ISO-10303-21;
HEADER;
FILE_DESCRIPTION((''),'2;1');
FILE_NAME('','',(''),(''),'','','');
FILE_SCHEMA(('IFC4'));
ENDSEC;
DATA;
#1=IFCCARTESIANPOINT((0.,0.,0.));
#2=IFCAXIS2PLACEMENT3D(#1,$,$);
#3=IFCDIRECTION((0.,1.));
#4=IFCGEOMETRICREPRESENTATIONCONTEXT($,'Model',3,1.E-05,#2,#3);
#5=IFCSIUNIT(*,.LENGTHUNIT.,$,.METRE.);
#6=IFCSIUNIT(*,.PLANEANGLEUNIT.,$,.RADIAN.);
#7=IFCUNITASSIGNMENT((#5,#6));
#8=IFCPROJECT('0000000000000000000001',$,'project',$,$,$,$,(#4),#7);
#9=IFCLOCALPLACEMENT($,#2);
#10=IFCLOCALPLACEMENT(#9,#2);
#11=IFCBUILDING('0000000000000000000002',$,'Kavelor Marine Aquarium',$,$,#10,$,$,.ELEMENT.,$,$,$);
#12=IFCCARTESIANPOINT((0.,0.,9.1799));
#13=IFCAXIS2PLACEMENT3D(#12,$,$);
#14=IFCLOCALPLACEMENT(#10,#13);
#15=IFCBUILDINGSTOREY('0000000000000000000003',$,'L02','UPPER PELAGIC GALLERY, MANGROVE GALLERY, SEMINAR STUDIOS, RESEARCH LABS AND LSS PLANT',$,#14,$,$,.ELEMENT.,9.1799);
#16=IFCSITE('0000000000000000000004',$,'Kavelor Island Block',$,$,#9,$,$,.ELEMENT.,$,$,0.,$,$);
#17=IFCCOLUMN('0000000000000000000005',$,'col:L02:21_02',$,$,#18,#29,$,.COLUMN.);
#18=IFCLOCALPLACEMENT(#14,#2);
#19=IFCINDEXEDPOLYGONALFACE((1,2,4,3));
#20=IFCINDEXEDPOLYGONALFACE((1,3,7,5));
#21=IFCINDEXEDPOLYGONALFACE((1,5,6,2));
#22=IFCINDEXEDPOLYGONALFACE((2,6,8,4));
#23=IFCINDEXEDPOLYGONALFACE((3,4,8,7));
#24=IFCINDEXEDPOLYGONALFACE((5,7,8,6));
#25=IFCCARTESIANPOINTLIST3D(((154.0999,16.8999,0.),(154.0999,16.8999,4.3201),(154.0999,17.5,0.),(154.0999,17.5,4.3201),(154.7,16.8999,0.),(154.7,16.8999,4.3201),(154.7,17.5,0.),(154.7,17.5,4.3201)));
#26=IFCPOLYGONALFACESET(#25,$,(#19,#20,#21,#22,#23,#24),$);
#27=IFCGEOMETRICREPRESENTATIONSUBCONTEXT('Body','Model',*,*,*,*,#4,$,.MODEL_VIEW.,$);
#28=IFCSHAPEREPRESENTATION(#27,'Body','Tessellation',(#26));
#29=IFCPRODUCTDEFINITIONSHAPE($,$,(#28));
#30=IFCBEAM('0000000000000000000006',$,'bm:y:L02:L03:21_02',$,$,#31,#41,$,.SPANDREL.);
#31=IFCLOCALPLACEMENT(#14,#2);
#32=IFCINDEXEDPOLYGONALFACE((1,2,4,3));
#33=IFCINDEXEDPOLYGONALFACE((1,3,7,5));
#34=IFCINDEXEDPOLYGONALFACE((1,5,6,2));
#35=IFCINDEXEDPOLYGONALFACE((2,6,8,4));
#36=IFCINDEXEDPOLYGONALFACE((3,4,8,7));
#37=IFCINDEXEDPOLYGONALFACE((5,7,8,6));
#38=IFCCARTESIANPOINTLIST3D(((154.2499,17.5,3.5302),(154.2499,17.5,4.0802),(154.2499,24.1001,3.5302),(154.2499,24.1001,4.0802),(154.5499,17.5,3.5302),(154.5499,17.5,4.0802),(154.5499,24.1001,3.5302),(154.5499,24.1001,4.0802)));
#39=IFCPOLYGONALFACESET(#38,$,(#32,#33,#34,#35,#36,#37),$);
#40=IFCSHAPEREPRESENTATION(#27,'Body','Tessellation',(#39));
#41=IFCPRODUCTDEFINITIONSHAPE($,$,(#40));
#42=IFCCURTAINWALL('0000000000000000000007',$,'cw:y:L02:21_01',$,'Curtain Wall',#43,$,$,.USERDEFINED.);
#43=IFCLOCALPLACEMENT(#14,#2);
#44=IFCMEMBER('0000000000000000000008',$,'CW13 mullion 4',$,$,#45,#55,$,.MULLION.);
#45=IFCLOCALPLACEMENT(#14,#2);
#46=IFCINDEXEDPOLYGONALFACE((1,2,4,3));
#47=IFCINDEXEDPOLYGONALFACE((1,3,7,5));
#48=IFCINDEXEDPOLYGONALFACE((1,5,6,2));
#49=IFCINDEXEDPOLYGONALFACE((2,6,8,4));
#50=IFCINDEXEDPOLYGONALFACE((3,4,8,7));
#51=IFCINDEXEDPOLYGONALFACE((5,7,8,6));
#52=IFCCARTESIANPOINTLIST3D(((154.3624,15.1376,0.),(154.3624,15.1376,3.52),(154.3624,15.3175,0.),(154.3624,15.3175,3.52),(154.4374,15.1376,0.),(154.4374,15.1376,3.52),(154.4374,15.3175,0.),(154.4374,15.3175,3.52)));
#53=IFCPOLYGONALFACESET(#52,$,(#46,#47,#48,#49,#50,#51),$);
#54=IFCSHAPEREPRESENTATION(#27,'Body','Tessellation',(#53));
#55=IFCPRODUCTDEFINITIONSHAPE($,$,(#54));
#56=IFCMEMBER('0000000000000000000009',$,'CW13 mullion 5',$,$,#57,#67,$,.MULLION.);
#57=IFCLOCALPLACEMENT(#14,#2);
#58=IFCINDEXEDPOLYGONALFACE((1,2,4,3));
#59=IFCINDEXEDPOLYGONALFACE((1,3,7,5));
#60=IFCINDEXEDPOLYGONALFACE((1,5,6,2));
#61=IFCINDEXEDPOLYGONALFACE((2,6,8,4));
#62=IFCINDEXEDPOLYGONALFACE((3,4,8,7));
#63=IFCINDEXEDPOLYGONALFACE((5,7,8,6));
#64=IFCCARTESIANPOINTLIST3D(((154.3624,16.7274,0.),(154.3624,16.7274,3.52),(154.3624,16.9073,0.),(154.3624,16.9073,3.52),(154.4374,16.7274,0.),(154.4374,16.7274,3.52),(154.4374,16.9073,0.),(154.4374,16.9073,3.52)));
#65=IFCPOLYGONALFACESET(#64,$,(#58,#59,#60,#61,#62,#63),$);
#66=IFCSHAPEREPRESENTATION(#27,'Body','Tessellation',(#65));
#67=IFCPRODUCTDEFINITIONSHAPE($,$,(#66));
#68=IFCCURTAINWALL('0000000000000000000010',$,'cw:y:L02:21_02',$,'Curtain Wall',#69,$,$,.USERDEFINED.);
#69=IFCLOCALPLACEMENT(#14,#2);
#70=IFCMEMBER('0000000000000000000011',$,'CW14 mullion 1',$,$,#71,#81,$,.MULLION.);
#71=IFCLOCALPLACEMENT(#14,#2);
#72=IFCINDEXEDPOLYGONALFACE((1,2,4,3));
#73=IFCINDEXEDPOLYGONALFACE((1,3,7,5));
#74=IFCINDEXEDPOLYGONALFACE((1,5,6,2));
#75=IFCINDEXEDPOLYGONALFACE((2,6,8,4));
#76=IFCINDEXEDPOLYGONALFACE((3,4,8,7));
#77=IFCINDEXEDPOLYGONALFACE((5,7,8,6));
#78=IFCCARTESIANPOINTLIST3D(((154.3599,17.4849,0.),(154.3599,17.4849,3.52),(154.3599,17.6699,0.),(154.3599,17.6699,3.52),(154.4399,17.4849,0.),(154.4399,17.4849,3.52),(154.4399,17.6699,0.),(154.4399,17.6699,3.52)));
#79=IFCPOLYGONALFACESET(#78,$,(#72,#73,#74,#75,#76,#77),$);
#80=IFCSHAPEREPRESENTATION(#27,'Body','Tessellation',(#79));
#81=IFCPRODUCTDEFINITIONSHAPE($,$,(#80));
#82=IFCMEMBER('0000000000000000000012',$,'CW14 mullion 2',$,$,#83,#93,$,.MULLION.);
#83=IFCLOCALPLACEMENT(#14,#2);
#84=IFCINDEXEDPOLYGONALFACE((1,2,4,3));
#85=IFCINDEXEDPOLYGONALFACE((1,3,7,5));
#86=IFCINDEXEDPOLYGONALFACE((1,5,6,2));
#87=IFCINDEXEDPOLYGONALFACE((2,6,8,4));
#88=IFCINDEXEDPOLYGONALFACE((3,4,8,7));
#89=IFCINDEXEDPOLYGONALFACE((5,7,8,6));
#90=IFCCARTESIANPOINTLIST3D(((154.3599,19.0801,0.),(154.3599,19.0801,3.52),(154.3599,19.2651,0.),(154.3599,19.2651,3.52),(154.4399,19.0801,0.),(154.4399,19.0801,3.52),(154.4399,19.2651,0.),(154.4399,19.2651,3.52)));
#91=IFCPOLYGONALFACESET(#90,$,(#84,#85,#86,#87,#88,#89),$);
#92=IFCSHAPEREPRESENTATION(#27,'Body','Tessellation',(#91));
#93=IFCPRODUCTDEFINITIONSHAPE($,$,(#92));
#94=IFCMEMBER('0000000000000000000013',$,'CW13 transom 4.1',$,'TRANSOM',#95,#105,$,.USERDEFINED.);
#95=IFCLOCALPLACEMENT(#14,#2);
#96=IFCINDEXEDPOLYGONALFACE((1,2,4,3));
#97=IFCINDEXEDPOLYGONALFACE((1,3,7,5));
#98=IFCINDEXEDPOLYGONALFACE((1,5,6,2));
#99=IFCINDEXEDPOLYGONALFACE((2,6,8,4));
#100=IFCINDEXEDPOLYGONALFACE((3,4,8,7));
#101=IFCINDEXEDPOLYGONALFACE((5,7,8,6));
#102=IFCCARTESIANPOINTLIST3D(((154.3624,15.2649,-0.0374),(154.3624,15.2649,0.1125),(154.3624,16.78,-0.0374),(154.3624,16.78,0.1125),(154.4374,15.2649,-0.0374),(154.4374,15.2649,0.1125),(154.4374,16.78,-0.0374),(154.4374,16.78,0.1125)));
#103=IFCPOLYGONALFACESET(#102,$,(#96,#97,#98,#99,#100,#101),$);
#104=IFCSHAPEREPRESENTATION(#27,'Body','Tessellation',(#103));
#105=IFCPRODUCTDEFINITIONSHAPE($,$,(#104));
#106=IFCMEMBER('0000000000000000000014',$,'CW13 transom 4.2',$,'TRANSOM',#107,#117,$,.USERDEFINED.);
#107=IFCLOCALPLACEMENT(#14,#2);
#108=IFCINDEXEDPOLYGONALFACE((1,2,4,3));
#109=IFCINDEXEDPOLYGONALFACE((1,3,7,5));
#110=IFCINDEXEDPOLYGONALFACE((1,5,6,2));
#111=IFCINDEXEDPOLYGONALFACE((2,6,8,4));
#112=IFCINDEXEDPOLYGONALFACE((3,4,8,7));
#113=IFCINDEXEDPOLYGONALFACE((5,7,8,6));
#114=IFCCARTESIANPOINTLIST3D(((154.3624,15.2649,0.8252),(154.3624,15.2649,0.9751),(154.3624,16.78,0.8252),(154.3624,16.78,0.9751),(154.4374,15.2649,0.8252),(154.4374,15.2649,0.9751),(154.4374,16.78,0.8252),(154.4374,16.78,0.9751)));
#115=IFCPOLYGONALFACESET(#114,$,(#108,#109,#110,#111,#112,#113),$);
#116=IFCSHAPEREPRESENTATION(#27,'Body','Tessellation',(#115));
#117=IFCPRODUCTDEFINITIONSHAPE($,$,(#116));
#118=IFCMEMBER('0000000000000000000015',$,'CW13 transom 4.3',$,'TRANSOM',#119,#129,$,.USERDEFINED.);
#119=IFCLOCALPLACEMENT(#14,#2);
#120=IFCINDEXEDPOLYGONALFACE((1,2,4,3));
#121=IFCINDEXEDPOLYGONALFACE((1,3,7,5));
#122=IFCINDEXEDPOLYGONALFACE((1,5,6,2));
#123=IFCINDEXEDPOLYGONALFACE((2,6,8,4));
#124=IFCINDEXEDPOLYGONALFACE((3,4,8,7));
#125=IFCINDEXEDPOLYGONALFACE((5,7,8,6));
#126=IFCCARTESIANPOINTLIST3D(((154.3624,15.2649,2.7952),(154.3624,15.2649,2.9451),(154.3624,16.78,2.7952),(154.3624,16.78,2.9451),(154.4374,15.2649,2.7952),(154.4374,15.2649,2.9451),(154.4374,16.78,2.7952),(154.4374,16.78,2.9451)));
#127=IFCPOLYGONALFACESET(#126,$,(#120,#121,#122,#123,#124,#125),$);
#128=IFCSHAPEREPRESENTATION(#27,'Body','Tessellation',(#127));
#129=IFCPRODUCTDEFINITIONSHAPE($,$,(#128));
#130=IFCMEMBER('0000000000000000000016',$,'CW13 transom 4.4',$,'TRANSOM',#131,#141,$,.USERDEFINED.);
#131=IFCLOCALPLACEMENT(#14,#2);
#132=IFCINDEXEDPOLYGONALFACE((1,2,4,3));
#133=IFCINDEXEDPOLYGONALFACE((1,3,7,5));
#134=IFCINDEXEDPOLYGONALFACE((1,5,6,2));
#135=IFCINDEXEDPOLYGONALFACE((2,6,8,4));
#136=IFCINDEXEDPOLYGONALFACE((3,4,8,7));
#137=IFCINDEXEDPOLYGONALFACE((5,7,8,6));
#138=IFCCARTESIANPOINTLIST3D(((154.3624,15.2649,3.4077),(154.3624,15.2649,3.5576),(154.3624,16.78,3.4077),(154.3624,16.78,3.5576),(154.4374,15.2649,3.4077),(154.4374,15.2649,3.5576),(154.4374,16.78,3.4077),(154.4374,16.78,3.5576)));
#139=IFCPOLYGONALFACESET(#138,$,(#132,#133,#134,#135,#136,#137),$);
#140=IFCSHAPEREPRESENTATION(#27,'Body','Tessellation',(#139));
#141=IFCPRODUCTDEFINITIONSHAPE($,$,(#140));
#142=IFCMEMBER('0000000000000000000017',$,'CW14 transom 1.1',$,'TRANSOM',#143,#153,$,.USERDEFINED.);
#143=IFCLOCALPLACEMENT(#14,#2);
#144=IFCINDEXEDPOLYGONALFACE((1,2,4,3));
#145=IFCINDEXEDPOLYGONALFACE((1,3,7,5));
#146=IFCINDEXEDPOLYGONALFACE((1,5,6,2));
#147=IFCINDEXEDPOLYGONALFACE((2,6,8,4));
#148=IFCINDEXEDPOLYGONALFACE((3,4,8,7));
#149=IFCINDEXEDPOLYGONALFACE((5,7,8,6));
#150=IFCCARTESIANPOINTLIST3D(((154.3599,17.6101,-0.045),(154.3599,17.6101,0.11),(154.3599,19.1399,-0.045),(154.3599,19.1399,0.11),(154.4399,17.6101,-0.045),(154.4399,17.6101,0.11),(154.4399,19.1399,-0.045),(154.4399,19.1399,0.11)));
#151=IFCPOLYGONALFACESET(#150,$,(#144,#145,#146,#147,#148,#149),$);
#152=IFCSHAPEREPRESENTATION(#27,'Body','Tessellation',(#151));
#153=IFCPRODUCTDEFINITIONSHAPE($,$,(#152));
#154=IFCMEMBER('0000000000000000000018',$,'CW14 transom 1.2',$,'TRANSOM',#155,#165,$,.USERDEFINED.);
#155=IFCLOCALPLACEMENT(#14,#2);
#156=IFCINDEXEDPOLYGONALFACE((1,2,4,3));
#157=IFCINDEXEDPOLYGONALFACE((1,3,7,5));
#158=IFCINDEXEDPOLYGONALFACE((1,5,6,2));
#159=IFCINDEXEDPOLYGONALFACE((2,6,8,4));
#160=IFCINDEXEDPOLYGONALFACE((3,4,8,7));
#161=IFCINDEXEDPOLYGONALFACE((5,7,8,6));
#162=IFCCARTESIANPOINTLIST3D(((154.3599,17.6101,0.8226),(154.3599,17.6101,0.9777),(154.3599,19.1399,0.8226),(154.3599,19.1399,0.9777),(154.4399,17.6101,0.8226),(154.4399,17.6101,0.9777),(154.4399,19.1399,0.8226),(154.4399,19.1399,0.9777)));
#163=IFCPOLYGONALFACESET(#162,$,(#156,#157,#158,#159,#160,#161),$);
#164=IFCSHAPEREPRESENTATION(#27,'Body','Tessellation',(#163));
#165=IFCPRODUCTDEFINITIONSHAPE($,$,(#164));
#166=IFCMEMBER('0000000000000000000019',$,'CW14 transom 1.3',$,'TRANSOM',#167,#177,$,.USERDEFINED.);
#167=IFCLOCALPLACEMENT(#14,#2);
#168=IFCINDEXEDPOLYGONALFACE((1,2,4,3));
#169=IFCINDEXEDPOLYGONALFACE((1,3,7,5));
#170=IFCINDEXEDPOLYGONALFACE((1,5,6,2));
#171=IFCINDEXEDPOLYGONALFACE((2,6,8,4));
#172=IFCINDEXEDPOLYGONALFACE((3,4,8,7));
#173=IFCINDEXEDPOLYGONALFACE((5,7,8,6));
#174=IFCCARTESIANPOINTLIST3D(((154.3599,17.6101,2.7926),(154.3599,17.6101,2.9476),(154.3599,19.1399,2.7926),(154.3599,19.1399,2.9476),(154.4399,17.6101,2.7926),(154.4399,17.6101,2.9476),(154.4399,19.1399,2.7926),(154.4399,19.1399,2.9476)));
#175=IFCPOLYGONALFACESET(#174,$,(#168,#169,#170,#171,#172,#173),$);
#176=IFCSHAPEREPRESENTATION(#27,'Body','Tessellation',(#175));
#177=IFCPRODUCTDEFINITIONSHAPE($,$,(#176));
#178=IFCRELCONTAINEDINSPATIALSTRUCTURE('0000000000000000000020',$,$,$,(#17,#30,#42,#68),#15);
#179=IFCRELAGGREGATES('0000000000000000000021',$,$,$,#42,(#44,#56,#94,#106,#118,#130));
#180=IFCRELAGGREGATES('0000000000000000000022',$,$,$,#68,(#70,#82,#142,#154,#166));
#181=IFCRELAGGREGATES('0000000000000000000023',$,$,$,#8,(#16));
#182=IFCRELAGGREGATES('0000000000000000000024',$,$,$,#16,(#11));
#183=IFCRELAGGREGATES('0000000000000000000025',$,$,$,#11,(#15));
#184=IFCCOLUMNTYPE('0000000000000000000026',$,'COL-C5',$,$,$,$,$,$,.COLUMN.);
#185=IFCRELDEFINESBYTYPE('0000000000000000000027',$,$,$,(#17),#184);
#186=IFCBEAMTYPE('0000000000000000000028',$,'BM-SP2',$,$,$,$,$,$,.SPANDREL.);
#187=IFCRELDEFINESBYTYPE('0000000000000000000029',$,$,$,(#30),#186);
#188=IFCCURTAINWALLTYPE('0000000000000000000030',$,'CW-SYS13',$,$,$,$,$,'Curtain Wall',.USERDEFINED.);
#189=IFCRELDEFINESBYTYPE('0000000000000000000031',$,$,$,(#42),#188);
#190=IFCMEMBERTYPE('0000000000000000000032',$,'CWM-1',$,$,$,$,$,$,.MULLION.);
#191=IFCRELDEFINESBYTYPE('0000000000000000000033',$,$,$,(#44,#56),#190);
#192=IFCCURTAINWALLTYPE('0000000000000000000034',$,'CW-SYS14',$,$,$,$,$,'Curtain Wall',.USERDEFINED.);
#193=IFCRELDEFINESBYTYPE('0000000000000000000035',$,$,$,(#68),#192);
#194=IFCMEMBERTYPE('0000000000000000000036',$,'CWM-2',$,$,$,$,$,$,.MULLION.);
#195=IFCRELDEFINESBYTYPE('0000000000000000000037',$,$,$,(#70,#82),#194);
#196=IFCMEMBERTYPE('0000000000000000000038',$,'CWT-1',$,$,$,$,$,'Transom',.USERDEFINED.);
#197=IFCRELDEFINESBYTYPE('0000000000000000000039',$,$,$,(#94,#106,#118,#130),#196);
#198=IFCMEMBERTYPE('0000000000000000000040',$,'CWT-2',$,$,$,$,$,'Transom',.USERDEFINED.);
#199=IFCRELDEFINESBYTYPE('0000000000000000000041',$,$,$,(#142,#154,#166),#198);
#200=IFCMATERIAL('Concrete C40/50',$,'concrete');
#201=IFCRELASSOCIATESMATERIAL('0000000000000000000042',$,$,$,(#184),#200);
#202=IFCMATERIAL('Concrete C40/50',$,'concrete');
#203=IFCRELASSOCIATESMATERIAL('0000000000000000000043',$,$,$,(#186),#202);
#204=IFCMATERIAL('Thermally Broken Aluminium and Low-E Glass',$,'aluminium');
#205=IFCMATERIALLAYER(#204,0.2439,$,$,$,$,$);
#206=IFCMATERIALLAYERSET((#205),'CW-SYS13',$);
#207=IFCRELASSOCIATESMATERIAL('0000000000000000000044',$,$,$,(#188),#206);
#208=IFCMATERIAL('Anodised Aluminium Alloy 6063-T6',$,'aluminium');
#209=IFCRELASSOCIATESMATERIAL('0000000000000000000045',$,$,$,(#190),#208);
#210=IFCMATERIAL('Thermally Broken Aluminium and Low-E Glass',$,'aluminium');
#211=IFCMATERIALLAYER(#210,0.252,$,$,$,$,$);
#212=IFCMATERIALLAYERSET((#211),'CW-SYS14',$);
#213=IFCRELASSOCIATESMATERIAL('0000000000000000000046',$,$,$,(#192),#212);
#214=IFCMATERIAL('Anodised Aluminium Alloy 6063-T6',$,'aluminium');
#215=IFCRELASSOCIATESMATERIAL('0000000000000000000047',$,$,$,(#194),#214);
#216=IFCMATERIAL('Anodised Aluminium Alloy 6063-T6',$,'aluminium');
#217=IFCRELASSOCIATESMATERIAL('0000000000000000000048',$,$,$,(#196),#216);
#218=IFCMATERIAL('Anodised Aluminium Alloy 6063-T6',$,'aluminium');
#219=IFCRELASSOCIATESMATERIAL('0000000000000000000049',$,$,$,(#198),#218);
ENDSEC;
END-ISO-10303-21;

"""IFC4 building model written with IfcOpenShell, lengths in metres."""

from ifc_helpers import new_model, si_unit, direction, frame, origin, origin_2d, place, context, subcontext, project, spatial, rectangle, extrude, material, layer, layer_set, material_profile, profile_set, type_object, element, aggregate, save


model = new_model("IFC4")

# Units and contexts
model_context = context("Model", 3, precision=1e-05, world=origin(), true_north=direction((0.0, 1.0)))
body_context = subcontext(model_context, "Body", "Model", "MODEL_VIEW")
ifc_project = project(units=[si_unit("LENGTHUNIT", "METRE"), si_unit("PLANEANGLEUNIT", "RADIAN")], contexts=[model_context])

# Site, building, storey
site_placement = place(None, origin())
site = spatial("IfcSite", under=ifc_project, at=site_placement, Name="Kavelor Island Block", CompositionType="ELEMENT", RefElevation=0.0)
building_placement = place(site_placement, origin())
building = spatial("IfcBuilding", under=site, at=building_placement, Name="Kavelor Marine Aquarium", CompositionType="ELEMENT")
storey_placement = place(building_placement, frame((0.0, 0.0, 9.1799)))
storey = spatial("IfcBuildingStorey", under=building, at=storey_placement, Name="L02", Description="UPPER PELAGIC GALLERY, MANGROVE GALLERY, SEMINAR STUDIOS, RESEARCH LABS AND LSS PLANT", CompositionType="ELEMENT", Elevation=9.1799)

# Column
ifc_material_1 = material(Name="Concrete C40/50", Category="concrete")
ifc_material_profile_1 = material_profile(ifc_material_1, rectangle(XDim=0.6001, YDim=0.6001, at=origin_2d()), Name="RC-COL 600x600")
ifc_profile_set_1 = profile_set([ifc_material_profile_1], Name="Concrete C40/50")
column_type = type_object("IfcColumnType", Name="COL-C5", PredefinedType="COLUMN", material=ifc_profile_set_1)
column_placement = place(storey_placement, frame((154.3999, 17.2, 0.0), z_axis=(0.0, 0.0, 1.0), x_axis=(1.0, 0.0, 0.0)))
element("IfcColumn", 1, at=column_placement, inside=storey, type_object=column_type, Name="col:L02:21_02", PredefinedType="COLUMN", context=body_context, shape_type="SweptSolid", body=[
    extrude(rectangle(XDim=0.6001, YDim=0.6001, at=origin_2d()), origin(), (0.0, 0.0, 1.0), 4.3201),
])

# Beam
ifc_material_2 = material(Name="Concrete C40/50", Category="concrete")
ifc_material_profile_2 = material_profile(ifc_material_2, rectangle(XDim=0.3, YDim=0.55, at=origin_2d()), Name="RC-SP 300x550")
ifc_profile_set_2 = profile_set([ifc_material_profile_2], Name="Concrete C40/50")
beam_type = type_object("IfcBeamType", Name="BM-SP2", PredefinedType="SPANDREL", material=ifc_profile_set_2)
beam_placement = place(storey_placement, frame((154.3999, 17.5, 3.8052), z_axis=(0.0, 1.0, 0.0), x_axis=(-1.0, 0.0, 0.0)))
element("IfcBeam", 2, at=beam_placement, inside=storey, type_object=beam_type, Name="bm:y:L02:L03:21_02", PredefinedType="SPANDREL", context=body_context, shape_type="SweptSolid", body=[
    extrude(rectangle(XDim=0.3, YDim=0.55, at=origin_2d()), origin(), (0.0, 0.0, 1.0), 6.6001),
])

# Curtain walls, members
ifc_material_3 = material(Name="Thermally Broken Aluminium and Low-E Glass", Category="aluminium")
ifc_layer_1 = layer(ifc_material_3, 0.2439)
ifc_layer_set_1 = layer_set([ifc_layer_1], Name="CW-SYS13")
curtain_wall_type_1 = type_object("IfcCurtainWallType", Name="CW-SYS13", ElementType="Curtain Wall", PredefinedType="USERDEFINED", material=ifc_layer_set_1)
curtain_wall_1_placement = place(storey_placement, origin())
curtain_wall_1 = element("IfcCurtainWall", 3, at=curtain_wall_1_placement, inside=storey, type_object=curtain_wall_type_1, Name="cw:y:L02:21_01", ObjectType="Curtain Wall", PredefinedType="USERDEFINED")
ifc_material_4 = material(Name="Anodised Aluminium Alloy 6063-T6", Category="aluminium")
ifc_material_profile_3 = material_profile(ifc_material_4, rectangle(XDim=0.075, YDim=0.1799, at=origin_2d()), Name="CW-MUL 75x180")
ifc_profile_set_3 = profile_set([ifc_material_profile_3], Name="Anodised Aluminium Alloy 6063-T6")
member_type_1 = type_object("IfcMemberType", Name="CWM-1", PredefinedType="MULLION", material=ifc_profile_set_3)
member_1_placement = place(storey_placement, frame((154.3999, 15.2275, 0.0), z_axis=(0.0, 0.0, 1.0), x_axis=(-1.0, 0.0, 0.0)))
member_1 = element("IfcMember", 4, at=member_1_placement, type_object=member_type_1, Name="CW13 mullion 4", PredefinedType="MULLION", context=body_context, shape_type="SweptSolid", body=[
    extrude(rectangle(XDim=0.075, YDim=0.1799, at=origin_2d()), origin(), (0.0, 0.0, 1.0), 3.52),
])
member_2_placement = place(storey_placement, frame((154.3999, 16.8174, 0.0), z_axis=(0.0, 0.0, 1.0), x_axis=(-1.0, 0.0, 0.0)))
member_2 = element("IfcMember", 5, at=member_2_placement, type_object=member_type_1, Name="CW13 mullion 5", PredefinedType="MULLION", context=body_context, shape_type="SweptSolid", body=[
    extrude(rectangle(XDim=0.075, YDim=0.1799, at=origin_2d()), origin(), (0.0, 0.0, 1.0), 3.52),
])
ifc_material_5 = material(Name="Thermally Broken Aluminium and Low-E Glass", Category="aluminium")
ifc_layer_2 = layer(ifc_material_5, 0.252)
ifc_layer_set_2 = layer_set([ifc_layer_2], Name="CW-SYS14")
curtain_wall_type_2 = type_object("IfcCurtainWallType", Name="CW-SYS14", ElementType="Curtain Wall", PredefinedType="USERDEFINED", material=ifc_layer_set_2)
curtain_wall_2_placement = place(storey_placement, origin())
curtain_wall_2 = element("IfcCurtainWall", 6, at=curtain_wall_2_placement, inside=storey, type_object=curtain_wall_type_2, Name="cw:y:L02:21_02", ObjectType="Curtain Wall", PredefinedType="USERDEFINED")
ifc_material_6 = material(Name="Anodised Aluminium Alloy 6063-T6", Category="aluminium")
ifc_material_profile_4 = material_profile(ifc_material_6, rectangle(XDim=0.0801, YDim=0.1851, at=origin_2d()), Name="CW-MUL 80x185")
ifc_profile_set_4 = profile_set([ifc_material_profile_4], Name="Anodised Aluminium Alloy 6063-T6")
member_type_2 = type_object("IfcMemberType", Name="CWM-2", PredefinedType="MULLION", material=ifc_profile_set_4)
member_3_placement = place(storey_placement, frame((154.3999, 17.5774, 0.0), z_axis=(0.0, 0.0, 1.0), x_axis=(-1.0, 0.0, 0.0)))
member_3 = element("IfcMember", 7, at=member_3_placement, type_object=member_type_2, Name="CW14 mullion 1", PredefinedType="MULLION", context=body_context, shape_type="SweptSolid", body=[
    extrude(rectangle(XDim=0.0801, YDim=0.1851, at=origin_2d()), origin(), (0.0, 0.0, 1.0), 3.52),
])
member_4_placement = place(storey_placement, frame((154.3999, 19.1726, 0.0), z_axis=(0.0, 0.0, 1.0), x_axis=(-1.0, 0.0, 0.0)))
member_4 = element("IfcMember", 8, at=member_4_placement, type_object=member_type_2, Name="CW14 mullion 2", PredefinedType="MULLION", context=body_context, shape_type="SweptSolid", body=[
    extrude(rectangle(XDim=0.0801, YDim=0.1851, at=origin_2d()), origin(), (0.0, 0.0, 1.0), 3.52),
])

# Members
ifc_material_7 = material(Name="Anodised Aluminium Alloy 6063-T6", Category="aluminium")
ifc_material_profile_5 = material_profile(ifc_material_7, rectangle(XDim=0.075, YDim=0.1499, at=origin_2d()), Name="CW-TRN 75x150")
ifc_profile_set_5 = profile_set([ifc_material_profile_5], Name="Anodised Aluminium Alloy 6063-T6")
member_type_3 = type_object("IfcMemberType", Name="CWT-1", ElementType="Transom", PredefinedType="USERDEFINED", material=ifc_profile_set_5)
member_5_placement = place(storey_placement, frame((154.3999, 15.2649, 0.0376), z_axis=(0.0, 1.0, 0.0), x_axis=(-1.0, 0.0, 0.0)))
member_5 = element("IfcMember", 9, at=member_5_placement, type_object=member_type_3, Name="CW13 transom 4.1", ObjectType="TRANSOM", PredefinedType="USERDEFINED", context=body_context, shape_type="SweptSolid", body=[
    extrude(rectangle(XDim=0.075, YDim=0.1499, at=origin_2d()), origin(), (0.0, 0.0, 1.0), 1.5151),
])
member_6_placement = place(storey_placement, frame((154.3999, 15.2649, 0.9001), z_axis=(0.0, 1.0, 0.0), x_axis=(-1.0, 0.0, 0.0)))
member_6 = element("IfcMember", 10, at=member_6_placement, type_object=member_type_3, Name="CW13 transom 4.2", ObjectType="TRANSOM", PredefinedType="USERDEFINED", context=body_context, shape_type="SweptSolid", body=[
    extrude(rectangle(XDim=0.075, YDim=0.1499, at=origin_2d()), origin(), (0.0, 0.0, 1.0), 1.5151),
])
member_7_placement = place(storey_placement, frame((154.3999, 15.2649, 2.8701), z_axis=(0.0, 1.0, 0.0), x_axis=(-1.0, 0.0, 0.0)))
member_7 = element("IfcMember", 11, at=member_7_placement, type_object=member_type_3, Name="CW13 transom 4.3", ObjectType="TRANSOM", PredefinedType="USERDEFINED", context=body_context, shape_type="SweptSolid", body=[
    extrude(rectangle(XDim=0.075, YDim=0.1499, at=origin_2d()), origin(), (0.0, 0.0, 1.0), 1.5151),
])
member_8_placement = place(storey_placement, frame((154.3999, 15.2649, 3.4827), z_axis=(0.0, 1.0, 0.0), x_axis=(-1.0, 0.0, 0.0)))
member_8 = element("IfcMember", 12, at=member_8_placement, type_object=member_type_3, Name="CW13 transom 4.4", ObjectType="TRANSOM", PredefinedType="USERDEFINED", context=body_context, shape_type="SweptSolid", body=[
    extrude(rectangle(XDim=0.075, YDim=0.1499, at=origin_2d()), origin(), (0.0, 0.0, 1.0), 1.5151),
])
ifc_material_8 = material(Name="Anodised Aluminium Alloy 6063-T6", Category="aluminium")
ifc_material_profile_6 = material_profile(ifc_material_8, rectangle(XDim=0.0801, YDim=0.155, at=origin_2d()), Name="CW-TRN 80x155")
ifc_profile_set_6 = profile_set([ifc_material_profile_6], Name="Anodised Aluminium Alloy 6063-T6")
member_type_4 = type_object("IfcMemberType", Name="CWT-2", ElementType="Transom", PredefinedType="USERDEFINED", material=ifc_profile_set_6)
member_9_placement = place(storey_placement, frame((154.3999, 17.6101, 0.0325), z_axis=(0.0, 1.0, 0.0), x_axis=(-1.0, 0.0, 0.0)))
member_9 = element("IfcMember", 13, at=member_9_placement, type_object=member_type_4, Name="CW14 transom 1.1", ObjectType="TRANSOM", PredefinedType="USERDEFINED", context=body_context, shape_type="SweptSolid", body=[
    extrude(rectangle(XDim=0.0801, YDim=0.155, at=origin_2d()), origin(), (0.0, 0.0, 1.0), 1.5298),
])
member_10_placement = place(storey_placement, frame((154.3999, 17.6101, 0.9001), z_axis=(0.0, 1.0, 0.0), x_axis=(-1.0, 0.0, 0.0)))
member_10 = element("IfcMember", 14, at=member_10_placement, type_object=member_type_4, Name="CW14 transom 1.2", ObjectType="TRANSOM", PredefinedType="USERDEFINED", context=body_context, shape_type="SweptSolid", body=[
    extrude(rectangle(XDim=0.0801, YDim=0.155, at=origin_2d()), origin(), (0.0, 0.0, 1.0), 1.5298),
])
member_11_placement = place(storey_placement, frame((154.3999, 17.6101, 2.8701), z_axis=(0.0, 1.0, 0.0), x_axis=(-1.0, 0.0, 0.0)))
member_11 = element("IfcMember", 15, at=member_11_placement, type_object=member_type_4, Name="CW14 transom 1.3", ObjectType="TRANSOM", PredefinedType="USERDEFINED", context=body_context, shape_type="SweptSolid", body=[
    extrude(rectangle(XDim=0.0801, YDim=0.155, at=origin_2d()), origin(), (0.0, 0.0, 1.0), 1.5298),
])

aggregate(curtain_wall_1, [member_1, member_2, member_5, member_6, member_7, member_8])
aggregate(curtain_wall_2, [member_3, member_4, member_9, member_10, member_11])

save(model, "model.ifc")
